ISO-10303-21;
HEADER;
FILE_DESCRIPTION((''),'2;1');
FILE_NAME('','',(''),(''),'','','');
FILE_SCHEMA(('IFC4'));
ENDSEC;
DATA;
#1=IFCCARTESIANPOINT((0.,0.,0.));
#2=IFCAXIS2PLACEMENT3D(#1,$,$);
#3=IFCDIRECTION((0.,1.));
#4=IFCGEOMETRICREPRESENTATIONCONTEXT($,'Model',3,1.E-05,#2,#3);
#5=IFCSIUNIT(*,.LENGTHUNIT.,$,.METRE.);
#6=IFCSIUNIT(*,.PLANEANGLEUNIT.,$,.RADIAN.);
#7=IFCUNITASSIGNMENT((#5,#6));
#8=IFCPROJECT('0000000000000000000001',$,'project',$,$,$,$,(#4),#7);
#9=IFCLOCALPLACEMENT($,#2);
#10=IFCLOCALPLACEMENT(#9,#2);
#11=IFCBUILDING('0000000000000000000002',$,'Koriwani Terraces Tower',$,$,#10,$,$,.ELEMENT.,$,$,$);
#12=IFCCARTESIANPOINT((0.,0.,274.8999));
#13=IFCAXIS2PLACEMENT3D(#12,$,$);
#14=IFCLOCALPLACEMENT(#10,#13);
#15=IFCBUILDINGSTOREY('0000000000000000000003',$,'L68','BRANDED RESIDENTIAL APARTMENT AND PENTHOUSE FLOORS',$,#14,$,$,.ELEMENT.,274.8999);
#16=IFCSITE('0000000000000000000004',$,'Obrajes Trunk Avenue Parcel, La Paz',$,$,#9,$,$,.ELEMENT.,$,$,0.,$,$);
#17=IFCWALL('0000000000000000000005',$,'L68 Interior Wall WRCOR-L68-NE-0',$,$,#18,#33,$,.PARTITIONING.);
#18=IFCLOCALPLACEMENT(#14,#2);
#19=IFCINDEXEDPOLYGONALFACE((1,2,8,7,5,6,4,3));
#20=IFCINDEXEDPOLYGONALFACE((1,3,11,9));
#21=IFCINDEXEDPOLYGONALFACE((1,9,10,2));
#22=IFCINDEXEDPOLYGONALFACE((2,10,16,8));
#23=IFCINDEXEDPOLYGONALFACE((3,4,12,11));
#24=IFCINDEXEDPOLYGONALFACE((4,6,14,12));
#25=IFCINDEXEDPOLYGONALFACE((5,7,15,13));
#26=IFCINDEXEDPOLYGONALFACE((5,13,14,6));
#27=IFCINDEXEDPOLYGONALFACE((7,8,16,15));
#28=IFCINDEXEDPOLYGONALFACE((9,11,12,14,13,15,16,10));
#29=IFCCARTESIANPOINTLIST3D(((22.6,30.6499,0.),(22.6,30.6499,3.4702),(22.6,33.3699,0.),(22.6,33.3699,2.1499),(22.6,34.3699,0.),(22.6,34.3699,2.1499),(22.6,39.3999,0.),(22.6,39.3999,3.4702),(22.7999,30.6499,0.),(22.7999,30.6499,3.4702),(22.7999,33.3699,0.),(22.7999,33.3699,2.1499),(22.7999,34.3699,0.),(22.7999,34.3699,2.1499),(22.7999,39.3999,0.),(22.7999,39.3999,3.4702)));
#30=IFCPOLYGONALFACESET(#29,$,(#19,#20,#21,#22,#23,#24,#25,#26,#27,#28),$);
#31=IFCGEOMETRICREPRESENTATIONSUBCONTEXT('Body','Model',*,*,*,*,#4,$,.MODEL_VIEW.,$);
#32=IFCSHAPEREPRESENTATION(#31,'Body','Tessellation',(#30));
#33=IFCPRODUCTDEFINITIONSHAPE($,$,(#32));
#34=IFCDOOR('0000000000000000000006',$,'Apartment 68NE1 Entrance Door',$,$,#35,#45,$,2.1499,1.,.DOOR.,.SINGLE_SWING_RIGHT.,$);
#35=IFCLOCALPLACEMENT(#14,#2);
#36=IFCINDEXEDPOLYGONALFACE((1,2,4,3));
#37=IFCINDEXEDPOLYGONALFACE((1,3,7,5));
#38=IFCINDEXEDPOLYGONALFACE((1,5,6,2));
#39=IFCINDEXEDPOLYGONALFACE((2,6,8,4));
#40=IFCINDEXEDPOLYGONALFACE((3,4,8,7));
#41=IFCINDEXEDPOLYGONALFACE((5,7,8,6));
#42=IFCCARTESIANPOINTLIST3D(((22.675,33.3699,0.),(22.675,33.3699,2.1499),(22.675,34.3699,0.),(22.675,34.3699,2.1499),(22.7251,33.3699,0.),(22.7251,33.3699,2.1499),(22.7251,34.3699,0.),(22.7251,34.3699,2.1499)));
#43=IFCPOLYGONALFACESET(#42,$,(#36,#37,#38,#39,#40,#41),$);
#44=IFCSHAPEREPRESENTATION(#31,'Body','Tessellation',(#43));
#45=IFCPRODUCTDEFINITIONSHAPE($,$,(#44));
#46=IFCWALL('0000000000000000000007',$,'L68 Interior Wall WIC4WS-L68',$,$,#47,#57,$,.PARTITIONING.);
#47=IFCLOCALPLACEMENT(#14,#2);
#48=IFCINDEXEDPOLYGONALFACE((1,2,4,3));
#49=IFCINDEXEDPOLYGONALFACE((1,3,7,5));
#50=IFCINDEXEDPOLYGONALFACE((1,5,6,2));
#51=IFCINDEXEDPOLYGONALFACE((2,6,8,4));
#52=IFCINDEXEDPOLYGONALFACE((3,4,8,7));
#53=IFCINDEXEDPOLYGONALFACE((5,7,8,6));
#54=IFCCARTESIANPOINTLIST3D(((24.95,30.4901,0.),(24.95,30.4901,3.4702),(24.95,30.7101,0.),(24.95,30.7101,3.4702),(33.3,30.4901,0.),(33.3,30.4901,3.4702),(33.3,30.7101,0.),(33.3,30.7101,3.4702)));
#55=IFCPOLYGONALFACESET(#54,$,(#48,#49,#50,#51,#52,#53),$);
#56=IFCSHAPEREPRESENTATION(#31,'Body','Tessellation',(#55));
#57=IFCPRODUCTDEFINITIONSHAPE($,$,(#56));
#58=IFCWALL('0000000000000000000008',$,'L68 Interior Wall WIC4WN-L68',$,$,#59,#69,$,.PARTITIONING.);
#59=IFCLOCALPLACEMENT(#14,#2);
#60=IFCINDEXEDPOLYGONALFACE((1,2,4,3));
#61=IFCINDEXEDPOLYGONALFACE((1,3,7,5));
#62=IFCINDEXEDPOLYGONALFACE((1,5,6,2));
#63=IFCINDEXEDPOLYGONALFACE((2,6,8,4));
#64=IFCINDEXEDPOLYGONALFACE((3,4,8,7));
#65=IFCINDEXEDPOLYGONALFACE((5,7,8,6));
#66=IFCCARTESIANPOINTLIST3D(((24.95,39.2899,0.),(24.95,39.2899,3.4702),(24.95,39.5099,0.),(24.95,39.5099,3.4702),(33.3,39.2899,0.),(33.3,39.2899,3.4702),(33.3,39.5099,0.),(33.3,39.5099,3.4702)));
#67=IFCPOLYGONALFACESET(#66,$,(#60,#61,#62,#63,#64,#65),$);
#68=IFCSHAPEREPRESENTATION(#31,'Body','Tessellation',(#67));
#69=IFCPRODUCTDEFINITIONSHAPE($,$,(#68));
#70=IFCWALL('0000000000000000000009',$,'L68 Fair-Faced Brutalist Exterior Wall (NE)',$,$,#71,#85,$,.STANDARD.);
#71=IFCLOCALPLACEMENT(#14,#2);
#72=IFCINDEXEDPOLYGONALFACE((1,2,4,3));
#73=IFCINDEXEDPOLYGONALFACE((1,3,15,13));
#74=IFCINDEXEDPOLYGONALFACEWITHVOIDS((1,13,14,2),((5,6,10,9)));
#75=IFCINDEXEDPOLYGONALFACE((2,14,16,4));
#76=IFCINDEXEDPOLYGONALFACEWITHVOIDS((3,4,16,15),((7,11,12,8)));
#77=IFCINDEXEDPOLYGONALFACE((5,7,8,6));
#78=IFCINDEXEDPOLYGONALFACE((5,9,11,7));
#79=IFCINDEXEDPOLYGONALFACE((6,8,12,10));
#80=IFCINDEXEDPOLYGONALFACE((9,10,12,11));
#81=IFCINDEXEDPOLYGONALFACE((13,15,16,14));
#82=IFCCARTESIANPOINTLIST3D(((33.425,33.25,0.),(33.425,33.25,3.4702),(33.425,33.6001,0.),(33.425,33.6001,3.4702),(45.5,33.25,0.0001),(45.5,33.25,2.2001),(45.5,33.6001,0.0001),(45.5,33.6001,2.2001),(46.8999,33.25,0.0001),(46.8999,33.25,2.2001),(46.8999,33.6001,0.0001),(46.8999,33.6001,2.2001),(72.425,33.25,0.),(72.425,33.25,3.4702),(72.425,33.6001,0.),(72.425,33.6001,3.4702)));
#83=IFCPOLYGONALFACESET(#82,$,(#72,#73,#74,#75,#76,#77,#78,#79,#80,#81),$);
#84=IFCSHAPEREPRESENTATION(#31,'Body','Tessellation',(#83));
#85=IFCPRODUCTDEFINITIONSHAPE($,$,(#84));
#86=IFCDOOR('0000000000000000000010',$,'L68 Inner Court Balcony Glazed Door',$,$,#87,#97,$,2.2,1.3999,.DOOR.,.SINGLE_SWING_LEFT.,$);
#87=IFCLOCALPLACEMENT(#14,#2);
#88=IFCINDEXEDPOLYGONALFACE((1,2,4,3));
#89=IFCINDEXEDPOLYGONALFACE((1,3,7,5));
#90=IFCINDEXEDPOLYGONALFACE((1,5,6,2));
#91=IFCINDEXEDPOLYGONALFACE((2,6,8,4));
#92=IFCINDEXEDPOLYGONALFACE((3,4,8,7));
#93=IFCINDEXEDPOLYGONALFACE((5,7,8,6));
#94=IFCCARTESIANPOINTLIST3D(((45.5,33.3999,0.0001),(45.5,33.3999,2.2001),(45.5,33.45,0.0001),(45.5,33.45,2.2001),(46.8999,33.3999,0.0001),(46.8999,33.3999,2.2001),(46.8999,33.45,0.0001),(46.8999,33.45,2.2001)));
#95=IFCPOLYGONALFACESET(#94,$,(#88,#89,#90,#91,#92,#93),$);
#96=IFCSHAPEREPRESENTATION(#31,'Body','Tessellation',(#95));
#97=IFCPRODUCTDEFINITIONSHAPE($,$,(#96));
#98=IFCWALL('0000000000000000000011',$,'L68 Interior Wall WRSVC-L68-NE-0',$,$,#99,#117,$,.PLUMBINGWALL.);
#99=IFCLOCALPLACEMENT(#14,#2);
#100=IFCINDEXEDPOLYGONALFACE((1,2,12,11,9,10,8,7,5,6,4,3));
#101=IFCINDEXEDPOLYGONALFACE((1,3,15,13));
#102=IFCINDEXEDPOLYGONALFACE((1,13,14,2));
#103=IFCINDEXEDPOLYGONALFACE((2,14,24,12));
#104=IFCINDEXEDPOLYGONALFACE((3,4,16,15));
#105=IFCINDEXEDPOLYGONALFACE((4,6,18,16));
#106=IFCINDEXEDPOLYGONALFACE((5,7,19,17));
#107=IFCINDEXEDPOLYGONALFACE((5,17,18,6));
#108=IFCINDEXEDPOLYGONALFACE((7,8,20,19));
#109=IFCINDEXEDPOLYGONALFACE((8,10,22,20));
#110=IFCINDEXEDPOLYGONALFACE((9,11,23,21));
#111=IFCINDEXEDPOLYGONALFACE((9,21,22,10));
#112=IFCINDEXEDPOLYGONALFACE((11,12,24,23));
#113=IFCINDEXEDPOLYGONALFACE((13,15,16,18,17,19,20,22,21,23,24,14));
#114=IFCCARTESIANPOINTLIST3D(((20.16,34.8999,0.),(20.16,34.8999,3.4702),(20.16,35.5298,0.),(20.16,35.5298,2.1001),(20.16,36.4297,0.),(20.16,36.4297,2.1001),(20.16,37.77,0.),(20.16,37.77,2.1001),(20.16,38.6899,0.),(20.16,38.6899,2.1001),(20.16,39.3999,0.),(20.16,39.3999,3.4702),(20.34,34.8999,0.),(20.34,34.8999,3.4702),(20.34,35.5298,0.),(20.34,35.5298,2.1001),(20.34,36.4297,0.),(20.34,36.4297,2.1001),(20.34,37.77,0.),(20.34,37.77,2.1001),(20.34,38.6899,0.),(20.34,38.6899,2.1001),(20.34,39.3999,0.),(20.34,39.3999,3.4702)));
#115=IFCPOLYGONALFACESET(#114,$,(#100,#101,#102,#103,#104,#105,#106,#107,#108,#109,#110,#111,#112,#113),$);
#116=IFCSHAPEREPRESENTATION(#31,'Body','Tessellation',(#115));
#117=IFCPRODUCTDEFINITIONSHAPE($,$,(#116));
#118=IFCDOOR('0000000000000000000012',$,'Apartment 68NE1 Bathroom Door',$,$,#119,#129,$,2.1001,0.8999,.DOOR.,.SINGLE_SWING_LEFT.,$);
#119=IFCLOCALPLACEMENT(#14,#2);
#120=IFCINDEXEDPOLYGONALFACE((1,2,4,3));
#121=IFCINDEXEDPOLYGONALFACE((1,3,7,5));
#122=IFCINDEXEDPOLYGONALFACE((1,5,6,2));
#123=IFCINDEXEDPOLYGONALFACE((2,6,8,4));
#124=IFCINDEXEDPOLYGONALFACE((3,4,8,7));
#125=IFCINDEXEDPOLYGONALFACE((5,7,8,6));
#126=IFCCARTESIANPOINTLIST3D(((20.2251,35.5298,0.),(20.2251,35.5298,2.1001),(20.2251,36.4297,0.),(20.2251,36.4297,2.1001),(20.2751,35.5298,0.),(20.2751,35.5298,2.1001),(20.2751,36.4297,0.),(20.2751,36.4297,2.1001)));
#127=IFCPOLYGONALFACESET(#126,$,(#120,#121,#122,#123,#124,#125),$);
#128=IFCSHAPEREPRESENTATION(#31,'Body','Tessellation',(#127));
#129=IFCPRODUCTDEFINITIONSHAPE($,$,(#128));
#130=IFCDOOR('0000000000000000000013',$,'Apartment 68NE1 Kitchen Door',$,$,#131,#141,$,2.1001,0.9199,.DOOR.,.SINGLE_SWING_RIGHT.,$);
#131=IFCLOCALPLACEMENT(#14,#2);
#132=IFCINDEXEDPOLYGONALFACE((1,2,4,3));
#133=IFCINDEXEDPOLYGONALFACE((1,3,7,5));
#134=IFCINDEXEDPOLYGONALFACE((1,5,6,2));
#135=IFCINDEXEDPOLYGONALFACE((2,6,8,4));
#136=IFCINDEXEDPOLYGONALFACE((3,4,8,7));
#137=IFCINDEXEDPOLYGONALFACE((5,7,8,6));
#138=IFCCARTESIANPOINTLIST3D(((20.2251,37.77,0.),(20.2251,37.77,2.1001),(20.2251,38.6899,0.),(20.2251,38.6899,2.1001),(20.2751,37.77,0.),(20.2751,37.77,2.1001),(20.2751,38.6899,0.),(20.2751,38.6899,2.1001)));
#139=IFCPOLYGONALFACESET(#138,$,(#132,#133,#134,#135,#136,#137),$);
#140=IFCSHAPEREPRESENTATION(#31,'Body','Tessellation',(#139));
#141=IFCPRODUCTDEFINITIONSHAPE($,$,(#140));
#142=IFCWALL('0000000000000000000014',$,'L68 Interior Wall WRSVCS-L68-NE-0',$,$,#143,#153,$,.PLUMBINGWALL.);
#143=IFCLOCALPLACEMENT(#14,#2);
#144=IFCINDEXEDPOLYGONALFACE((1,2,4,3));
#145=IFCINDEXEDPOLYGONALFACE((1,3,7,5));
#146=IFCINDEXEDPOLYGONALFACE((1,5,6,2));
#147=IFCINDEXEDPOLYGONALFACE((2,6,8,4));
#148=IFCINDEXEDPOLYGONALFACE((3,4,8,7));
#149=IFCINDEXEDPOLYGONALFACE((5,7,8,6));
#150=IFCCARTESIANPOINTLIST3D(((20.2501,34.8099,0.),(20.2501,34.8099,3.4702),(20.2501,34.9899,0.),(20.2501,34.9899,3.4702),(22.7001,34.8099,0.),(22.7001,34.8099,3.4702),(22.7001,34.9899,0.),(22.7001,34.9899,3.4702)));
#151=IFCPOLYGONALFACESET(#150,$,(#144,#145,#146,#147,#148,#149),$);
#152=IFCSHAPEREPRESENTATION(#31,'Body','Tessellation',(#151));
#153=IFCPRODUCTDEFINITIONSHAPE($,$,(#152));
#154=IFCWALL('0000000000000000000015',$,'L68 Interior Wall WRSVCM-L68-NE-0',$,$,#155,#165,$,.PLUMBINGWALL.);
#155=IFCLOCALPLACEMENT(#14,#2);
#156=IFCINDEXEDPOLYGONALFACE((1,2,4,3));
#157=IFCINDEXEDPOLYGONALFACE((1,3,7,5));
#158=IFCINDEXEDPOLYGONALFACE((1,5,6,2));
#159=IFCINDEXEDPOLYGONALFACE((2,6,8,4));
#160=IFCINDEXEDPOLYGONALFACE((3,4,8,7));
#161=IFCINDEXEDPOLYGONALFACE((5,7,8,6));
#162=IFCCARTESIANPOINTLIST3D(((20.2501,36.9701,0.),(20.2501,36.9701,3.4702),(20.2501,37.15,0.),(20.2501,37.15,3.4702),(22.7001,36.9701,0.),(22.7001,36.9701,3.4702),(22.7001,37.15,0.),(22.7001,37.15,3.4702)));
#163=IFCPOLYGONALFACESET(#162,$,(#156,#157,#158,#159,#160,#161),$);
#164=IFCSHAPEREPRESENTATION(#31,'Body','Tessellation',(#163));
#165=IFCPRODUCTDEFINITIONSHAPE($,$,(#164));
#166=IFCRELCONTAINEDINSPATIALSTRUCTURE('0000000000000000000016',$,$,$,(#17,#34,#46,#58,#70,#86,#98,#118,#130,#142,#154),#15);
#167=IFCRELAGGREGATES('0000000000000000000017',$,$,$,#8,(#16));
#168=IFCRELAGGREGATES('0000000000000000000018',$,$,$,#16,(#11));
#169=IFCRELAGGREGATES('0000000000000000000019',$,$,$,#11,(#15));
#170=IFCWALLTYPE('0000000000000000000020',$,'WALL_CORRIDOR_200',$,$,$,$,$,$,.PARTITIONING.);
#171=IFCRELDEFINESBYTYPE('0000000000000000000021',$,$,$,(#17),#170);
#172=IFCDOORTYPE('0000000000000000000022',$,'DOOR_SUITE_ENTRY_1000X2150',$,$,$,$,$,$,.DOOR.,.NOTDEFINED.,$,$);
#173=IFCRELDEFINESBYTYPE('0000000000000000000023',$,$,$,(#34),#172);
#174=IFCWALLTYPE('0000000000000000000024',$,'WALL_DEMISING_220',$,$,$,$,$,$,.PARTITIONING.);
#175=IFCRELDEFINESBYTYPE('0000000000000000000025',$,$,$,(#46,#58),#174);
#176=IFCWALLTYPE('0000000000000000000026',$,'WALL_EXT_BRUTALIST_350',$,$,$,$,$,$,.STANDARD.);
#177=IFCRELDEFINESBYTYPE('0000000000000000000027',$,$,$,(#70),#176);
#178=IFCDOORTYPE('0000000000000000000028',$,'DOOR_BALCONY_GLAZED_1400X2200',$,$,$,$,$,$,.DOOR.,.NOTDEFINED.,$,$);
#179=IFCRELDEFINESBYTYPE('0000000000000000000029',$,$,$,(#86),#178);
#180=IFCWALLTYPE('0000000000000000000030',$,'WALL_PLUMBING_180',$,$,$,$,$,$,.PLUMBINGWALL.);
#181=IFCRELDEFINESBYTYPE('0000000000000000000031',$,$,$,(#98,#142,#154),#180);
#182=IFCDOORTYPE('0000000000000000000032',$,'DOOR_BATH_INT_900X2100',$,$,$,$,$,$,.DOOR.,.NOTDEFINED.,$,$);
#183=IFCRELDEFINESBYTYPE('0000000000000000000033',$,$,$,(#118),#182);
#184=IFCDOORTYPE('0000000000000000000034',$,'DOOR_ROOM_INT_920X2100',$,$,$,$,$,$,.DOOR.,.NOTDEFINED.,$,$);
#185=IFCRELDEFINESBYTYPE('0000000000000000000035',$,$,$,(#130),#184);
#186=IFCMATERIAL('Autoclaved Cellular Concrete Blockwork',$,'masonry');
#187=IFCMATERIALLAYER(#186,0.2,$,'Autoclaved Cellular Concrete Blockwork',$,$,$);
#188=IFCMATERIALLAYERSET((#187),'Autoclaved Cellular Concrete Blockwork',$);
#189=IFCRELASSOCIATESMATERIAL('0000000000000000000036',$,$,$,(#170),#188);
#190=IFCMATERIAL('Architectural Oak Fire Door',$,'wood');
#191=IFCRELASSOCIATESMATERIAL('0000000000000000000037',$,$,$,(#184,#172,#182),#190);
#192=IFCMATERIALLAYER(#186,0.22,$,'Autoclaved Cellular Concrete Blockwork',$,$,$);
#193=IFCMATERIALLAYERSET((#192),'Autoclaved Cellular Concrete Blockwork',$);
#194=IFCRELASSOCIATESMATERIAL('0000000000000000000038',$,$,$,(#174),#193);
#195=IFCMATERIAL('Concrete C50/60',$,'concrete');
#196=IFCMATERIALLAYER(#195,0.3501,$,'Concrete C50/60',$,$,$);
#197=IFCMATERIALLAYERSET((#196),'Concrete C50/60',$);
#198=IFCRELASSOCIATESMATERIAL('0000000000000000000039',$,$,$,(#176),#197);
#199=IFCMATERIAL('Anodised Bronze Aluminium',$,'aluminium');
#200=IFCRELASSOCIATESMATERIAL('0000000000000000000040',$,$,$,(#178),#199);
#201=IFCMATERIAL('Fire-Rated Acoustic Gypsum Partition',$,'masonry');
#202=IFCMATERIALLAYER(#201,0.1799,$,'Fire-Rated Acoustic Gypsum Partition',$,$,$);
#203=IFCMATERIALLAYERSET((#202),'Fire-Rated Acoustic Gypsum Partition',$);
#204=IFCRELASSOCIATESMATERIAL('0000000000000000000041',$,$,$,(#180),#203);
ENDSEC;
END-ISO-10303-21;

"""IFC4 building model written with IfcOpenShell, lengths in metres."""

from ifc_helpers import new_model, si_unit, direction, frame, frame_2d, origin, place, context, subcontext, project, spatial, rectangle, extrude, material, layer, layer_set, type_object, element, fill, save


model = new_model("IFC4")

# Units and contexts
model_context = context("Model", 3, precision=1e-05, world=origin(), true_north=direction((0.0, 1.0)))
body_context = subcontext(model_context, "Body", "Model", "MODEL_VIEW")
ifc_project = project(units=[si_unit("LENGTHUNIT", "METRE"), si_unit("PLANEANGLEUNIT", "RADIAN")], contexts=[model_context])

# Site, building, storey
site_placement = place(None, origin())
site = spatial("IfcSite", under=ifc_project, at=site_placement, Name="Obrajes Trunk Avenue Parcel, La Paz", CompositionType="ELEMENT", RefElevation=0.0)
building_placement = place(site_placement, origin())
building = spatial("IfcBuilding", under=site, at=building_placement, Name="Koriwani Terraces Tower", CompositionType="ELEMENT")
storey_placement = place(building_placement, frame((0.0, 0.0, 274.8999)))
storey = spatial("IfcBuildingStorey", under=building, at=storey_placement, Name="L68", Description="BRANDED RESIDENTIAL APARTMENT AND PENTHOUSE FLOORS", CompositionType="ELEMENT", Elevation=274.8999)

# Shared definitions
ifc_material_1 = material(Name="Concrete C50/60", Category="concrete")

# Wall, opening, door
ifc_material_2 = material(Name="Autoclaved Cellular Concrete Blockwork", Category="masonry")
ifc_layer_1 = layer(ifc_material_2, 0.2, Name="Autoclaved Cellular Concrete Blockwork")
ifc_layer_set_1 = layer_set([ifc_layer_1], Name="Autoclaved Cellular Concrete Blockwork")
wall_type_1 = type_object("IfcWallType", Name="WALL_CORRIDOR_200", PredefinedType="PARTITIONING", material=ifc_layer_set_1)
ifc_material_3 = material(Name="Architectural Oak Fire Door", Category="wood")
door_type_1 = type_object("IfcDoorType", Name="DOOR_ROOM_INT_920X2100", OperationType="NOTDEFINED", PredefinedType="DOOR", material=ifc_material_3)
ifc_material_4 = material(Name="Anodised Bronze Aluminium", Category="aluminium")
wall_1_placement = place(storey_placement, frame((22.7, 30.6499, 0.0), z_axis=(0.0, 0.0, 1.0), x_axis=(0.0, 1.0, 0.0)))
wall_1 = element("IfcWall", 1, at=wall_1_placement, inside=storey, type_object=wall_type_1, Name="L68 Interior Wall WRCOR-L68-NE-0", PredefinedType="PARTITIONING", context=body_context, shape_type="SweptSolid", body=[
    extrude(rectangle(XDim=8.75, YDim=0.2, at=frame_2d((4.375, 0.0))), origin(), (0.0, 0.0, 1.0), 3.4702),
])
opening_1_placement = place(wall_1_placement, frame((2.72, 0.0, 0.0)))
opening_1 = element("IfcOpeningElement", 2, at=opening_1_placement, cuts=wall_1, PredefinedType="OPENING", context=body_context, shape_type="SweptSolid", body=[
    extrude(rectangle(XDim=1.0, YDim=2.1499, at=frame_2d((0.5, 1.075))), frame((0.0, 0.1099, 0.0), z_axis=(0.0, -1.0, 0.0), x_axis=(1.0, 0.0, 0.0)), (0.0, 0.0, 1.0), 0.22),
])
door_type_2 = type_object("IfcDoorType", Name="DOOR_SUITE_ENTRY_1000X2150", OperationType="NOTDEFINED", PredefinedType="DOOR", material=ifc_material_3)
door_1_placement = place(opening_1_placement, origin())
door_1 = element("IfcDoor", 3, at=door_1_placement, inside=storey, type_object=door_type_2, Name="Apartment 68NE1 Entrance Door", OperationType="SINGLE_SWING_RIGHT", OverallHeight=2.1499, OverallWidth=1.0, PredefinedType="DOOR", context=body_context, shape_type="SweptSolid", body=[
    extrude(rectangle(XDim=1.0, YDim=2.1499, at=frame_2d((0.5, 1.075))), frame((0.0, 0.0249, 0.0), z_axis=(0.0, -1.0, 0.0), x_axis=(1.0, 0.0, 0.0)), (0.0, 0.0, 1.0), 0.05),
])
fill(opening_1, door_1)

# Walls
ifc_layer_2 = layer(ifc_material_2, 0.22, Name="Autoclaved Cellular Concrete Blockwork")
ifc_layer_set_2 = layer_set([ifc_layer_2], Name="Autoclaved Cellular Concrete Blockwork")
wall_type_2 = type_object("IfcWallType", Name="WALL_DEMISING_220", PredefinedType="PARTITIONING", material=ifc_layer_set_2)
for number, where, z_axis, x_axis, name in (
    (4, (24.95, 30.6001, 0.0), (0.0, 0.0, 1.0), (1.0, 0.0, 0.0), "L68 Interior Wall WIC4WS-L68"),
    (5, (24.95, 39.3999, 0.0), (0.0, 0.0, 1.0), (1.0, 0.0, 0.0), "L68 Interior Wall WIC4WN-L68"),
):
    element("IfcWall", number, at=place(storey_placement, frame(where, z_axis=z_axis, x_axis=x_axis)), inside=storey, type_object=wall_type_2, Name=name, PredefinedType="PARTITIONING", context=body_context, shape_type="SweptSolid", body=[
        extrude(rectangle(XDim=8.3501, YDim=0.22, at=frame_2d((4.175, 0.0))), origin(), (0.0, 0.0, 1.0), 3.4702),
    ])

# Wall, opening, door
ifc_layer_3 = layer(ifc_material_1, 0.3501, Name="Concrete C50/60")
ifc_layer_set_3 = layer_set([ifc_layer_3], Name="Concrete C50/60")
wall_type_3 = type_object("IfcWallType", Name="WALL_EXT_BRUTALIST_350", PredefinedType="STANDARD", material=ifc_layer_set_3)
wall_2_placement = place(storey_placement, frame((33.425, 33.425, 0.0), z_axis=(0.0, 0.0, 1.0), x_axis=(1.0, 0.0, 0.0)))
wall_2 = element("IfcWall", 6, at=wall_2_placement, inside=storey, type_object=wall_type_3, Name="L68 Fair-Faced Brutalist Exterior Wall (NE)", PredefinedType="STANDARD", context=body_context, shape_type="SweptSolid", body=[
    extrude(rectangle(XDim=39.0, YDim=0.3501, at=frame_2d((19.5, 0.0))), origin(), (0.0, 0.0, 1.0), 3.4702),
])
opening_2_placement = place(wall_2_placement, frame((12.075, 0.0, 0.0)))
opening_2 = element("IfcOpeningElement", 7, at=opening_2_placement, cuts=wall_2, PredefinedType="OPENING", context=body_context, shape_type="SweptSolid", body=[
    extrude(rectangle(XDim=1.3999, YDim=2.2, at=frame_2d((0.7, 1.1001))), frame((0.0, 0.1851, 0.0), z_axis=(0.0, -1.0, 0.0), x_axis=(1.0, 0.0, 0.0)), (0.0, 0.0, 1.0), 0.3701),
])
door_type_3 = type_object("IfcDoorType", Name="DOOR_BALCONY_GLAZED_1400X2200", OperationType="NOTDEFINED", PredefinedType="DOOR", material=ifc_material_4)
door_2_placement = place(opening_2_placement, origin())
door_2 = element("IfcDoor", 8, at=door_2_placement, inside=storey, type_object=door_type_3, Name="L68 Inner Court Balcony Glazed Door", OperationType="SINGLE_SWING_LEFT", OverallHeight=2.2, OverallWidth=1.3999, PredefinedType="DOOR", context=body_context, shape_type="SweptSolid", body=[
    extrude(rectangle(XDim=1.3999, YDim=2.2, at=frame_2d((0.7, 1.1001))), frame((0.0, 0.0249, 0.0), z_axis=(0.0, -1.0, 0.0), x_axis=(1.0, 0.0, 0.0)), (0.0, 0.0, 1.0), 0.05),
])
fill(opening_2, door_2)

# Wall, openings, doors
ifc_material_5 = material(Name="Fire-Rated Acoustic Gypsum Partition", Category="masonry")
ifc_layer_4 = layer(ifc_material_5, 0.1799, Name="Fire-Rated Acoustic Gypsum Partition")
ifc_layer_set_4 = layer_set([ifc_layer_4], Name="Fire-Rated Acoustic Gypsum Partition")
wall_type_4 = type_object("IfcWallType", Name="WALL_PLUMBING_180", PredefinedType="PLUMBINGWALL", material=ifc_layer_set_4)
wall_3_placement = place(storey_placement, frame((20.25, 34.8999, 0.0), z_axis=(0.0, 0.0, 1.0), x_axis=(0.0, 1.0, 0.0)))
wall_3 = element("IfcWall", 9, at=wall_3_placement, inside=storey, type_object=wall_type_4, Name="L68 Interior Wall WRSVC-L68-NE-0", PredefinedType="PLUMBINGWALL", context=body_context, shape_type="SweptSolid", body=[
    extrude(rectangle(XDim=4.5, YDim=0.1799, at=frame_2d((2.25, 0.0))), origin(), (0.0, 0.0, 1.0), 3.4702),
])
opening_3_placement = place(wall_3_placement, frame((0.6299, 0.0, 0.0)))
opening_3 = element("IfcOpeningElement", 10, at=opening_3_placement, cuts=wall_3, PredefinedType="OPENING", context=body_context, shape_type="SweptSolid", body=[
    extrude(rectangle(XDim=0.8999, YDim=2.1001, at=frame_2d((0.45, 1.05))), frame((0.0, 0.1001, 0.0), z_axis=(0.0, -1.0, 0.0), x_axis=(1.0, 0.0, 0.0)), (0.0, 0.0, 1.0), 0.2),
])
opening_4_placement = place(wall_3_placement, frame((2.8701, 0.0, 0.0)))
opening_4 = element("IfcOpeningElement", 11, at=opening_4_placement, cuts=wall_3, PredefinedType="OPENING", context=body_context, shape_type="SweptSolid", body=[
    extrude(rectangle(XDim=0.9199, YDim=2.1001, at=frame_2d((0.46, 1.05))), frame((0.0, 0.1001, 0.0), z_axis=(0.0, -1.0, 0.0), x_axis=(1.0, 0.0, 0.0)), (0.0, 0.0, 1.0), 0.2),
])
door_type_4 = type_object("IfcDoorType", Name="DOOR_BATH_INT_900X2100", OperationType="NOTDEFINED", PredefinedType="DOOR", material=ifc_material_3)
door_3_placement = place(opening_3_placement, origin())
door_3 = element("IfcDoor", 12, at=door_3_placement, inside=storey, type_object=door_type_4, Name="Apartment 68NE1 Bathroom Door", OperationType="SINGLE_SWING_LEFT", OverallHeight=2.1001, OverallWidth=0.8999, PredefinedType="DOOR", context=body_context, shape_type="SweptSolid", body=[
    extrude(rectangle(XDim=0.8999, YDim=2.1001, at=frame_2d((0.45, 1.05))), frame((0.0, 0.0249, 0.0), z_axis=(0.0, -1.0, 0.0), x_axis=(1.0, 0.0, 0.0)), (0.0, 0.0, 1.0), 0.05),
])
fill(opening_3, door_3)
door_4_placement = place(opening_4_placement, origin())
door_4 = element("IfcDoor", 13, at=door_4_placement, inside=storey, type_object=door_type_1, Name="Apartment 68NE1 Kitchen Door", OperationType="SINGLE_SWING_RIGHT", OverallHeight=2.1001, OverallWidth=0.9199, PredefinedType="DOOR", context=body_context, shape_type="SweptSolid", body=[
    extrude(rectangle(XDim=0.9199, YDim=2.1001, at=frame_2d((0.46, 1.05))), frame((0.0, 0.0249, 0.0), z_axis=(0.0, -1.0, 0.0), x_axis=(1.0, 0.0, 0.0)), (0.0, 0.0, 1.0), 0.05),
])
fill(opening_4, door_4)

# Walls
for number, where, z_axis, x_axis, name in (
    (14, (20.25, 34.8999, 0.0), (0.0, 0.0, 1.0), (1.0, 0.0, 0.0), "L68 Interior Wall WRSVCS-L68-NE-0"),
    (15, (20.25, 37.0601, 0.0), (0.0, 0.0, 1.0), (1.0, 0.0, 0.0), "L68 Interior Wall WRSVCM-L68-NE-0"),
):
    element("IfcWall", number, at=place(storey_placement, frame(where, z_axis=z_axis, x_axis=x_axis)), inside=storey, type_object=wall_type_4, Name=name, PredefinedType="PLUMBINGWALL", context=body_context, shape_type="SweptSolid", body=[
        extrude(rectangle(XDim=2.45, YDim=0.1799, at=frame_2d((1.2251, 0.0))), origin(), (0.0, 0.0, 1.0), 3.4702),
    ])

save(model, "model.ifc")
